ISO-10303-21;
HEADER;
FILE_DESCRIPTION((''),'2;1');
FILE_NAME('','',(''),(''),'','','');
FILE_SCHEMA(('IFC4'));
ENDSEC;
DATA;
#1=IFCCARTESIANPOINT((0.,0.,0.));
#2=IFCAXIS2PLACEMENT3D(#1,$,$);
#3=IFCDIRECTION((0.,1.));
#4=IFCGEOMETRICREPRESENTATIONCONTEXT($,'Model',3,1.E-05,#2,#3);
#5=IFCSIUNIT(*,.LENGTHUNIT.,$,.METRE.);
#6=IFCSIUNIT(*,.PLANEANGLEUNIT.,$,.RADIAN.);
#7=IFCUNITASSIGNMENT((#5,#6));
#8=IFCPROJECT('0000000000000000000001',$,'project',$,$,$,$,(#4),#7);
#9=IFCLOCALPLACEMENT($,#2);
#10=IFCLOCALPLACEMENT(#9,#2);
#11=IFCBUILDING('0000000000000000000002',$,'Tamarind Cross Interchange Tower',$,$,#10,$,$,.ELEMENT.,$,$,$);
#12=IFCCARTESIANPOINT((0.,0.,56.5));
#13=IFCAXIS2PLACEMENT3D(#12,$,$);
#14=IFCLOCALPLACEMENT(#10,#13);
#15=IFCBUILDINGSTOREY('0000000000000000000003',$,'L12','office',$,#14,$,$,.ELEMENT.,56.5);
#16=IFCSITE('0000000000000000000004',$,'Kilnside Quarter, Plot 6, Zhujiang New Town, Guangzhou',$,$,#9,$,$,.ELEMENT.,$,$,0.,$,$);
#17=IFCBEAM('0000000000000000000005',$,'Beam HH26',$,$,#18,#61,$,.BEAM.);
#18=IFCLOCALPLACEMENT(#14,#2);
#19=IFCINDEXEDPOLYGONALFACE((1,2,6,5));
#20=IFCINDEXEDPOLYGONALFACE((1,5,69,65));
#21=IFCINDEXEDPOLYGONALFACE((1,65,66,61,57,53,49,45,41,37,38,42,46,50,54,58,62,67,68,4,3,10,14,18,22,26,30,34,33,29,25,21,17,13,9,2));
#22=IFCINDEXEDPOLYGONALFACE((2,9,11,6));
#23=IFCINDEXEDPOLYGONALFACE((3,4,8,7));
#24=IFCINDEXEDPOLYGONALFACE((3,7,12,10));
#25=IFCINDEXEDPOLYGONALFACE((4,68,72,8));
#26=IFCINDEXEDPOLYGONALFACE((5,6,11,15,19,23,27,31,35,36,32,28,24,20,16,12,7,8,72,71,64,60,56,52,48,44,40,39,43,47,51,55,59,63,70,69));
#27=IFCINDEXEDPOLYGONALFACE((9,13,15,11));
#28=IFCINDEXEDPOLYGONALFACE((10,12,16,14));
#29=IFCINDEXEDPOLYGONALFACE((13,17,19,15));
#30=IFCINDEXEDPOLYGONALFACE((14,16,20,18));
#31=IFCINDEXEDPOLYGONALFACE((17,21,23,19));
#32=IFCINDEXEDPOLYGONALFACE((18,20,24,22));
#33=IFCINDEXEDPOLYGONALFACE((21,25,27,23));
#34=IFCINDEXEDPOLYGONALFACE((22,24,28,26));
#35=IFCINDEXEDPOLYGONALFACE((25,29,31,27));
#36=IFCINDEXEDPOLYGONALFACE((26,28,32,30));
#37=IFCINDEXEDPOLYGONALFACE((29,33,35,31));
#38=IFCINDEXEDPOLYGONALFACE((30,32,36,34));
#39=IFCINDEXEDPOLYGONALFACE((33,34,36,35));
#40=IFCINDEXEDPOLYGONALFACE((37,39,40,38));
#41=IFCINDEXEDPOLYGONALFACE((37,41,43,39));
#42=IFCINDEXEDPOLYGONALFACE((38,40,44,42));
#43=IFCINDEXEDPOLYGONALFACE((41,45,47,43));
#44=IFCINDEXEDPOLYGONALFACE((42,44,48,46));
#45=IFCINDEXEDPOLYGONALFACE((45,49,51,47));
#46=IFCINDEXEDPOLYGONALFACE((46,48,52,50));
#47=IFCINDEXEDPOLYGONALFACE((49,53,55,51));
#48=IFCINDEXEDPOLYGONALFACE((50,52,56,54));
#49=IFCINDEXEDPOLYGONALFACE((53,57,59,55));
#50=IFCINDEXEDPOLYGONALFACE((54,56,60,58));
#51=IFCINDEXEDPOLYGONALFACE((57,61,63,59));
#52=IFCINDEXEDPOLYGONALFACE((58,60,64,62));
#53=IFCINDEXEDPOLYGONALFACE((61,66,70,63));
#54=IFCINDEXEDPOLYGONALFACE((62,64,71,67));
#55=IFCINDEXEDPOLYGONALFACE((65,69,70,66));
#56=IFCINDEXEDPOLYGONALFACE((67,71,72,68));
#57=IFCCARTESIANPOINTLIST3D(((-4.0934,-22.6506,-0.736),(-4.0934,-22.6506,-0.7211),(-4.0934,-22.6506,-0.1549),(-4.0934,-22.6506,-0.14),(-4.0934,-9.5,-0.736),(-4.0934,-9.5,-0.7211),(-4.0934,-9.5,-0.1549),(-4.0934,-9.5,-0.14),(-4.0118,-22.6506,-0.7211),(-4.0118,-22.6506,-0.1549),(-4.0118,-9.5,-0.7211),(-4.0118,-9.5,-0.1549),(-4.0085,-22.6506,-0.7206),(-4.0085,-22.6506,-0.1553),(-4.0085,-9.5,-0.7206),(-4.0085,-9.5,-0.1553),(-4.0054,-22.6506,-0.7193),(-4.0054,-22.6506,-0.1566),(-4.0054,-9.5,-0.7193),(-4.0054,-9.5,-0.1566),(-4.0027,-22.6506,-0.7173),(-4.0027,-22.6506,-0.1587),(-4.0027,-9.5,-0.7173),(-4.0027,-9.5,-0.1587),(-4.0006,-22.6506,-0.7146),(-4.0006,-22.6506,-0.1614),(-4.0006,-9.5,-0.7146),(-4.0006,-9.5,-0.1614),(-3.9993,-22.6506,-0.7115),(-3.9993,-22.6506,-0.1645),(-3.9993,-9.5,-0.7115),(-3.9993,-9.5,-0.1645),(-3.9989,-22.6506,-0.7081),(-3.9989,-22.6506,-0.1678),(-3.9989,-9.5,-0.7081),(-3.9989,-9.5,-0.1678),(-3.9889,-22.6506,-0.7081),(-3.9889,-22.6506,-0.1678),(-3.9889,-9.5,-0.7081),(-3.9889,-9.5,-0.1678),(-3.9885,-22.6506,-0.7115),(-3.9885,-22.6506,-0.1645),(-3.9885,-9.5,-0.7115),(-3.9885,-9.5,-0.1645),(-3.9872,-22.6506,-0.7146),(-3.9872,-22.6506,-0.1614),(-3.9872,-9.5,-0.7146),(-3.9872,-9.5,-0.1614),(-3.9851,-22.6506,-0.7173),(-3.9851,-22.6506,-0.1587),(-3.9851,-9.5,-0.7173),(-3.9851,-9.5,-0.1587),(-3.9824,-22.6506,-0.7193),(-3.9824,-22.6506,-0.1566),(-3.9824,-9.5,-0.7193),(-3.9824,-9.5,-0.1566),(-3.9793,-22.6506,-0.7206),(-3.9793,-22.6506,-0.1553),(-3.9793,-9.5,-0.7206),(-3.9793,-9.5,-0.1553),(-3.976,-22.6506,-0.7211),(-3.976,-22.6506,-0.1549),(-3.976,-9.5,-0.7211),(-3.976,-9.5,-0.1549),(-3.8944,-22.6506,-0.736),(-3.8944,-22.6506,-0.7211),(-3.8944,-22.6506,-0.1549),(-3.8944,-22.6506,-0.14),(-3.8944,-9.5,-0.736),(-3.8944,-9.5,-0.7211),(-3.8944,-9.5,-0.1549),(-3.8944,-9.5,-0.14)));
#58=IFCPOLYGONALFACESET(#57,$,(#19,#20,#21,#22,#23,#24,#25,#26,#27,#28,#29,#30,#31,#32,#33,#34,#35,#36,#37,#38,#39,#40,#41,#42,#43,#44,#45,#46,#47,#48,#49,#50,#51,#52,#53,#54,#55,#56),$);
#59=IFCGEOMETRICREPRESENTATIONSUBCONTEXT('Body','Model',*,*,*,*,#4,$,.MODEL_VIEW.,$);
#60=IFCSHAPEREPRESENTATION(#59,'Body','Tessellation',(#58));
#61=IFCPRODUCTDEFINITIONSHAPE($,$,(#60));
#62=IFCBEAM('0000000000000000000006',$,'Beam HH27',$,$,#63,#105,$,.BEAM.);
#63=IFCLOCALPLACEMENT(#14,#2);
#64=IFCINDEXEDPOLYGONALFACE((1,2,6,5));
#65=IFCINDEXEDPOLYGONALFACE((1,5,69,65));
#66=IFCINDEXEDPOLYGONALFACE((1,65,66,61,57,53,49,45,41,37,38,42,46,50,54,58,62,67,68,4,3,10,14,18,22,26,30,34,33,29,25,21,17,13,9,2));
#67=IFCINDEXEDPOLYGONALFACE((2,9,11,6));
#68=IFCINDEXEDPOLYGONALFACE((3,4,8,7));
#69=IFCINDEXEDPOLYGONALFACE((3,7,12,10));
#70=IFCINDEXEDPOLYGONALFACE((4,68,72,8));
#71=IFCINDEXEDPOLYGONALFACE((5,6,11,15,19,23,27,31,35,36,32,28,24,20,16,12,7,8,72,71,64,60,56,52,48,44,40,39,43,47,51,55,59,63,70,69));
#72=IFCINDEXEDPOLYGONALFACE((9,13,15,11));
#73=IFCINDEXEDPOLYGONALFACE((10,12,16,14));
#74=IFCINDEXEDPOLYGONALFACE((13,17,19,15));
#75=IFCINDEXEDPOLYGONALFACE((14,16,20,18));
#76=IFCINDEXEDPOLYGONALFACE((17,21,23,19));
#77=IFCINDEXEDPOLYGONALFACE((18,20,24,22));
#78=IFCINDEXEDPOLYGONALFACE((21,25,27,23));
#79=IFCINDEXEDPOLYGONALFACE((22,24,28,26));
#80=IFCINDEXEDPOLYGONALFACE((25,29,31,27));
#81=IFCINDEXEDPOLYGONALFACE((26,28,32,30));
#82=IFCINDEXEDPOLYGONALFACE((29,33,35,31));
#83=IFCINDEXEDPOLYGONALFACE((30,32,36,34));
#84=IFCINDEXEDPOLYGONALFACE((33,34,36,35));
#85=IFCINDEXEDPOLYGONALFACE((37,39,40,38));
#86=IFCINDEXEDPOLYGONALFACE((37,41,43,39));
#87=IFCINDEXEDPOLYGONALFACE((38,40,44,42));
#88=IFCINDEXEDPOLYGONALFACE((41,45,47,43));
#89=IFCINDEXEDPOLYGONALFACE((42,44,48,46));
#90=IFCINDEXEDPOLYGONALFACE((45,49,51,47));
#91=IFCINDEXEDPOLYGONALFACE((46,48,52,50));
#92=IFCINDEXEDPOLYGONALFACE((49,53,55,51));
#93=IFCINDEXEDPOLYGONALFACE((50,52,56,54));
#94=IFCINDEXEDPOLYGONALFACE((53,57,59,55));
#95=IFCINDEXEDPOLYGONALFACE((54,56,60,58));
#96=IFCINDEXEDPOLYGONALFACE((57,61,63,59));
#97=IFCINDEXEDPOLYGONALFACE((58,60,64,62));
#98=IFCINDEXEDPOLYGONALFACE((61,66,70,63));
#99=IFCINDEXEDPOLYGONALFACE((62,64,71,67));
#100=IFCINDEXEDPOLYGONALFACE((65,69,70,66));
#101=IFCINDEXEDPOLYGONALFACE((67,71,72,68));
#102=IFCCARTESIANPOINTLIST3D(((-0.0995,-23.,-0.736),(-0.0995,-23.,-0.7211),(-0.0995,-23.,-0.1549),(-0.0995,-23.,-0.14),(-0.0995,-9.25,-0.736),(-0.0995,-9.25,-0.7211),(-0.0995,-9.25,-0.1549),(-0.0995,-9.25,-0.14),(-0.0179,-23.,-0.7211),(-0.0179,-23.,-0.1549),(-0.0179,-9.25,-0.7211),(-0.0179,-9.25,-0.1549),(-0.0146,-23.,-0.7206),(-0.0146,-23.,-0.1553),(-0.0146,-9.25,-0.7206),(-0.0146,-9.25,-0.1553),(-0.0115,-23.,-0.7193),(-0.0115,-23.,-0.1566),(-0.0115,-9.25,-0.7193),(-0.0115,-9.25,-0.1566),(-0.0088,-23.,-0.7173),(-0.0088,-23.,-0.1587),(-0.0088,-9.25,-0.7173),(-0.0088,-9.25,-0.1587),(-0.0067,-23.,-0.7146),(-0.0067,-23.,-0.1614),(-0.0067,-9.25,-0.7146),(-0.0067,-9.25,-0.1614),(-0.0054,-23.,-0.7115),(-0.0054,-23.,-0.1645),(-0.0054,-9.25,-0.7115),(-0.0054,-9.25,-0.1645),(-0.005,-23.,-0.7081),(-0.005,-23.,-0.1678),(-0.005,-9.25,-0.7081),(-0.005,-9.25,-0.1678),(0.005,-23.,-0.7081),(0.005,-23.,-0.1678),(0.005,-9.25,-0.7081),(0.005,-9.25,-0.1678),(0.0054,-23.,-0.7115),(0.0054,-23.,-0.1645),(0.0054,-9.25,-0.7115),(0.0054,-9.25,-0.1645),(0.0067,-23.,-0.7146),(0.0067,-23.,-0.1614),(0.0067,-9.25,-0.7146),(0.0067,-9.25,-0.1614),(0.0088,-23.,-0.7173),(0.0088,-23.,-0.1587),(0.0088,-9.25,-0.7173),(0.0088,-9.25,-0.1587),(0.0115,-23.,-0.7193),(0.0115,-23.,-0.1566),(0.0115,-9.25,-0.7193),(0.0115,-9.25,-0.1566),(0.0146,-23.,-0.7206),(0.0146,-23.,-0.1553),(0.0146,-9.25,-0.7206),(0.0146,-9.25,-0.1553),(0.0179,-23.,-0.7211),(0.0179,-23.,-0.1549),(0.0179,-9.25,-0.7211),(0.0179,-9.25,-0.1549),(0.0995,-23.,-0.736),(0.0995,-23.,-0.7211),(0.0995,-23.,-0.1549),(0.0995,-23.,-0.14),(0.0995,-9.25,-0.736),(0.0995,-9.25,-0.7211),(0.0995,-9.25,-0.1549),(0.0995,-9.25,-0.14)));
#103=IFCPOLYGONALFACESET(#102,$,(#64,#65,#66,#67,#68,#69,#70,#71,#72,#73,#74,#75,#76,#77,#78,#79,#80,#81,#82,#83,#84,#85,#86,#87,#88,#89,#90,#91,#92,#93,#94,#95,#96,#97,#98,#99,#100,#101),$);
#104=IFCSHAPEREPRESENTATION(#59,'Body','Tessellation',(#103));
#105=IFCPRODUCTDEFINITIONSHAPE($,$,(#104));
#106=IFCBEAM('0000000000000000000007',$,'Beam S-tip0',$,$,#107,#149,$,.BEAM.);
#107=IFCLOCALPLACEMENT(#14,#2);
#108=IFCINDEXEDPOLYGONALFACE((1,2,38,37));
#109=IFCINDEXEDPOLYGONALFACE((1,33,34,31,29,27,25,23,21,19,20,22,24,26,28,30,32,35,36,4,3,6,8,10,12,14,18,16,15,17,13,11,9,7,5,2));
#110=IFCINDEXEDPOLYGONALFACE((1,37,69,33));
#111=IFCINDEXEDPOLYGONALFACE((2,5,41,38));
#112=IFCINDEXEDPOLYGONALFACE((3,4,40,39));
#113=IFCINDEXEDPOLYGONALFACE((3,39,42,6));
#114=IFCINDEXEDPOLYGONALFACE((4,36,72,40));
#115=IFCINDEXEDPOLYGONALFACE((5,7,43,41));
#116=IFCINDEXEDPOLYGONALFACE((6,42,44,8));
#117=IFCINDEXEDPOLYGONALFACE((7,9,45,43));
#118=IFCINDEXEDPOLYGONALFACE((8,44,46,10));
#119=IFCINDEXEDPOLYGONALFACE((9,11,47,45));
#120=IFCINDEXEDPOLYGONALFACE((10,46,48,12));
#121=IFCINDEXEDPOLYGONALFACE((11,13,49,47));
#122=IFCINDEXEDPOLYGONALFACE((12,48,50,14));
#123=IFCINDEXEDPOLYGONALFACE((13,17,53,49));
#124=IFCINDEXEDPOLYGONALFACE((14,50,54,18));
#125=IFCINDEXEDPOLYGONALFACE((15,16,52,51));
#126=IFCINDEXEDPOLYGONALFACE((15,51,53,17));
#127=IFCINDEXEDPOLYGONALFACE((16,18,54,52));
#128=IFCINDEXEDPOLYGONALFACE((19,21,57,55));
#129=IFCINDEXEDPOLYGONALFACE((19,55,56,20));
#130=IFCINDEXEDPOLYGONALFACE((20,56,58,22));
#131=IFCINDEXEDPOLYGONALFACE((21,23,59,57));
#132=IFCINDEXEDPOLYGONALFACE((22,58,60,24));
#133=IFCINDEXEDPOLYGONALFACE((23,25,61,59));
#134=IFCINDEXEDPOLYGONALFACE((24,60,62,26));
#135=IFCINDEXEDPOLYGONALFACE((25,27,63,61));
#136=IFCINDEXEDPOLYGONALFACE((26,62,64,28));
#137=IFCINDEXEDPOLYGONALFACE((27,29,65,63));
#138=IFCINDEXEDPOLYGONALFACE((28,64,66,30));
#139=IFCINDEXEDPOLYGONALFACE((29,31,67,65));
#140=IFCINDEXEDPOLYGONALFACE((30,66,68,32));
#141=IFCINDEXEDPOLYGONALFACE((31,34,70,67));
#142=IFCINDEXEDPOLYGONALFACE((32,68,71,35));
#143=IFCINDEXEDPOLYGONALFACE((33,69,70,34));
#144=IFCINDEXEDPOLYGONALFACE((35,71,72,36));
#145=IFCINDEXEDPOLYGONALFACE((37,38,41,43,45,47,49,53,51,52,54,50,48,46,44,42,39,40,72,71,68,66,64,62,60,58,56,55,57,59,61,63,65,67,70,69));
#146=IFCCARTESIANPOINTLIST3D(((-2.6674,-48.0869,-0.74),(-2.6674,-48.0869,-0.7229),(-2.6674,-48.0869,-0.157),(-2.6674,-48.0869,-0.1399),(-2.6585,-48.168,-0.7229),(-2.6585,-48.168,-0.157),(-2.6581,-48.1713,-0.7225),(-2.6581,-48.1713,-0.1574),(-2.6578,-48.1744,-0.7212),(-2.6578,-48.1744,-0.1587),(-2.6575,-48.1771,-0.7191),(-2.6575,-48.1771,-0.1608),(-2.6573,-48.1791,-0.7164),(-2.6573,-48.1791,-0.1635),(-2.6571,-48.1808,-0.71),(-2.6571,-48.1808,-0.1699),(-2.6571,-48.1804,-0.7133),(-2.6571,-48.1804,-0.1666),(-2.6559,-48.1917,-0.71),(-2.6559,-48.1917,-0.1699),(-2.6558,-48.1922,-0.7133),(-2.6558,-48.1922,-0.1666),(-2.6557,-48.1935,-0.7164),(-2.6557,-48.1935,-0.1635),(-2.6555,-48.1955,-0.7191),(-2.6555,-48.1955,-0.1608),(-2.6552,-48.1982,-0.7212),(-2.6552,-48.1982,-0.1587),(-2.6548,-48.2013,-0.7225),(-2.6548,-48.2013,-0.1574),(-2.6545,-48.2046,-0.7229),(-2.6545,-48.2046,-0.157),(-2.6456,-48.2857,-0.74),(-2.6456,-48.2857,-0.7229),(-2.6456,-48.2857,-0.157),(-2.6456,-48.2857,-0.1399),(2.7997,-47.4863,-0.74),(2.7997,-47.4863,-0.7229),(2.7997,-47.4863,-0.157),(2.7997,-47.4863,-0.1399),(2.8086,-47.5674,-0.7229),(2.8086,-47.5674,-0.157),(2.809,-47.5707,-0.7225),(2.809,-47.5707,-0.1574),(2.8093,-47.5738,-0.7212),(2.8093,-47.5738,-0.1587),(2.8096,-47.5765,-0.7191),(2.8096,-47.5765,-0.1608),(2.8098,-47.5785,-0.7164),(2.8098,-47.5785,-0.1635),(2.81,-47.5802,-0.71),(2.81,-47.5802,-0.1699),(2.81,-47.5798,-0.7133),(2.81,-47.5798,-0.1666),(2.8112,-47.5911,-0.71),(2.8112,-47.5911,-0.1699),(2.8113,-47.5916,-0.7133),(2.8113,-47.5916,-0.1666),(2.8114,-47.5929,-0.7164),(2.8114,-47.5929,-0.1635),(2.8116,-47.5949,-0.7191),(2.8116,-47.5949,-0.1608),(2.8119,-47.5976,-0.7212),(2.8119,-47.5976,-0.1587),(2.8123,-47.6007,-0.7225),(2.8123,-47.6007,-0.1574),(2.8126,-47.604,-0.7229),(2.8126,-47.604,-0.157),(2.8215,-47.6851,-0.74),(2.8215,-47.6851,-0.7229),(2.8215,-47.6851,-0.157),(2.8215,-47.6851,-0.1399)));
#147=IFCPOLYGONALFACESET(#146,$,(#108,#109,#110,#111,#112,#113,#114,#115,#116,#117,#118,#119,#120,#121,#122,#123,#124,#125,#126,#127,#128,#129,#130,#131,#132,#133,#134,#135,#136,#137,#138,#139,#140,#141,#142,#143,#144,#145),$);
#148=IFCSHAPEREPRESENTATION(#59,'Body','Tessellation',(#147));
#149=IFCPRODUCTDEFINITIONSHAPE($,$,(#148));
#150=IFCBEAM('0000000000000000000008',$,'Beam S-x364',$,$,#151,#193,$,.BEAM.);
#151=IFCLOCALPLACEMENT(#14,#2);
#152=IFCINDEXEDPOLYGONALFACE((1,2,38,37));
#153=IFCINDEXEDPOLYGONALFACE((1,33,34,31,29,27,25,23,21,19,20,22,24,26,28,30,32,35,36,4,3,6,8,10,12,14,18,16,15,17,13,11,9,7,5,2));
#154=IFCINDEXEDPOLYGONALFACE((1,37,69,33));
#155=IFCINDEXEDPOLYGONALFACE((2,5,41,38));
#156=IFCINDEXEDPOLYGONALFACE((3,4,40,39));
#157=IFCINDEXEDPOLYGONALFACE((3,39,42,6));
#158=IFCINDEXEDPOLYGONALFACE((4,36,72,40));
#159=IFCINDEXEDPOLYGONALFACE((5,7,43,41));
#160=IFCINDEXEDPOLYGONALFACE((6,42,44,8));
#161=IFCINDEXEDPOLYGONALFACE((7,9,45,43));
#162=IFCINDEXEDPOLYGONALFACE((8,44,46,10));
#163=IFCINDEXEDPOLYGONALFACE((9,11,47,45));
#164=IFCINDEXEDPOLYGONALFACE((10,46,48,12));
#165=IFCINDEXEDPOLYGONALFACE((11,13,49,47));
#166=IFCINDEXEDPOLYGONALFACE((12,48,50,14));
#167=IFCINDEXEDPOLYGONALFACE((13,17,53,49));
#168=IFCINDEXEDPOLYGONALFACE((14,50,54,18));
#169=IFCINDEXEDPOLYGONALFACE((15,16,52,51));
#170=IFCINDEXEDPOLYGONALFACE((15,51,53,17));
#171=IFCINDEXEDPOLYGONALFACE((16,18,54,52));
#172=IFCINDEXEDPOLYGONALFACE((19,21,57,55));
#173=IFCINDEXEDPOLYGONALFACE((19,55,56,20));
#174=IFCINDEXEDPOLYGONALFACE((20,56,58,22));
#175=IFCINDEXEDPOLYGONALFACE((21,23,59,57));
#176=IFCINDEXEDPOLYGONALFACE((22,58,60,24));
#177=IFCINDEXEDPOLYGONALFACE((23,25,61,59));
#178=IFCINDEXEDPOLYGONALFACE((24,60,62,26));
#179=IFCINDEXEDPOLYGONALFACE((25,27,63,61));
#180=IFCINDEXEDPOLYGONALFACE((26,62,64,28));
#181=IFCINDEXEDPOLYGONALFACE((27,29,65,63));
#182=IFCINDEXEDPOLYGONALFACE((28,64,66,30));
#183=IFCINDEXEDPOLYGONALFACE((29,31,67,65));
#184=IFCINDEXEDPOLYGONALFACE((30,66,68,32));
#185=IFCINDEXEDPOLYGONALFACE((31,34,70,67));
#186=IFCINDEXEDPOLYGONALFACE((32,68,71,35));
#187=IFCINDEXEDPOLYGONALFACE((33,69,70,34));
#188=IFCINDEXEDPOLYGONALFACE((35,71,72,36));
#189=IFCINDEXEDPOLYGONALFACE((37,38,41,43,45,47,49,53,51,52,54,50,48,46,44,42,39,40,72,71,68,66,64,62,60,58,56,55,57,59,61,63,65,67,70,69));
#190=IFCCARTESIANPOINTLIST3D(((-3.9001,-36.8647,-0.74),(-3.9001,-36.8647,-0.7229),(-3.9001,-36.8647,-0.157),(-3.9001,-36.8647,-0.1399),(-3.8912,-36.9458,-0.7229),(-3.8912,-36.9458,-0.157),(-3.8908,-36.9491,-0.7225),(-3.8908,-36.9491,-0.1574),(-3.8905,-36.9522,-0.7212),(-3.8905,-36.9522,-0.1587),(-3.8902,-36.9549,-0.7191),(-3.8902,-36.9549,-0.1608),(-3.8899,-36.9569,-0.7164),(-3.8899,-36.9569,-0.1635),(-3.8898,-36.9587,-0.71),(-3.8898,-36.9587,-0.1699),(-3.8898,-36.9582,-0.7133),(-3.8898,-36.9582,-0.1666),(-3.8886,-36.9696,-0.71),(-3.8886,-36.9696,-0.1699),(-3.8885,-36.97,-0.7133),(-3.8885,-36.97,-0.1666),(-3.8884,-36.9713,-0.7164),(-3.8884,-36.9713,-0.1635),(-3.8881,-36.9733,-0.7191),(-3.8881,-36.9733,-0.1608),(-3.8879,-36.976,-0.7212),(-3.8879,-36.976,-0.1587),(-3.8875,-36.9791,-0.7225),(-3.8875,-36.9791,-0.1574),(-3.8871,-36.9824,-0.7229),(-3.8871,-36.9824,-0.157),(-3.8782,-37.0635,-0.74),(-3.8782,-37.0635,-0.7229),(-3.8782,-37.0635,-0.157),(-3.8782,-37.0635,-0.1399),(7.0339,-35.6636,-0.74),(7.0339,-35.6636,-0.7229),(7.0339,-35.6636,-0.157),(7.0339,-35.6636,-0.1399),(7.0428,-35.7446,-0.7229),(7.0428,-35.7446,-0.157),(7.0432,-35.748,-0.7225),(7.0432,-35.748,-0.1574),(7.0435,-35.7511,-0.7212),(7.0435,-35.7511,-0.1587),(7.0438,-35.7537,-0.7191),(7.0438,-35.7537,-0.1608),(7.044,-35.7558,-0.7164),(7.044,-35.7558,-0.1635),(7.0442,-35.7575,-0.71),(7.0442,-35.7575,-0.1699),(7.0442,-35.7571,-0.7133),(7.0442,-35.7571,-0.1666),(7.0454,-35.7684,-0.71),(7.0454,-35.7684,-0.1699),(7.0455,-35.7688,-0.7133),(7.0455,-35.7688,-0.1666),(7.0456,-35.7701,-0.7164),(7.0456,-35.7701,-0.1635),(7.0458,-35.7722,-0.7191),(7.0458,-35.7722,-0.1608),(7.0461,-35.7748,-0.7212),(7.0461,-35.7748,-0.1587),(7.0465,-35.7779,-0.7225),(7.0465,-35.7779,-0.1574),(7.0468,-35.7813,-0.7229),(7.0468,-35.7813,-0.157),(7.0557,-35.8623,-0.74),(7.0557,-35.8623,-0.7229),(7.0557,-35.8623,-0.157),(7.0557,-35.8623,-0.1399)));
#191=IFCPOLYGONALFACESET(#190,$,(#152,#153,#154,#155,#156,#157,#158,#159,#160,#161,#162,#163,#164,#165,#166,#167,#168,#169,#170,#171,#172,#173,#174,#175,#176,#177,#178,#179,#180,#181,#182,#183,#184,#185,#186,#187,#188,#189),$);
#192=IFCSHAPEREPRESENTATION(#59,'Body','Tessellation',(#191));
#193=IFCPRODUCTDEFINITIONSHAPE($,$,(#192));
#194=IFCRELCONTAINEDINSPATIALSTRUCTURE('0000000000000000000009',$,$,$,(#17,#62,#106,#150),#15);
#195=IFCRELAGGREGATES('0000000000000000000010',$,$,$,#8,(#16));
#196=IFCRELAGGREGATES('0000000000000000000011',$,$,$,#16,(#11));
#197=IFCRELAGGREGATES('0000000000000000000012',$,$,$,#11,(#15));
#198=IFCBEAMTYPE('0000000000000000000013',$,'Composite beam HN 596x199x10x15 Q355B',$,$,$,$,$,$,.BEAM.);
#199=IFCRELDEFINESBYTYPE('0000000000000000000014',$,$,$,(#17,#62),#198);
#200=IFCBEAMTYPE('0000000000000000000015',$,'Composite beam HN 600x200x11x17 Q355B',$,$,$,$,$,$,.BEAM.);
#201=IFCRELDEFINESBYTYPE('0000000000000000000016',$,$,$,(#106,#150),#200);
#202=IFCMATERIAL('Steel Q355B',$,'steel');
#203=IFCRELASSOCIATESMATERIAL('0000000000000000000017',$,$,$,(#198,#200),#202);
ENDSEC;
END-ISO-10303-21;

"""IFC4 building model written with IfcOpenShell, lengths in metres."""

from ifc_helpers import new_model, si_unit, direction, frame, origin, origin_2d, place, context, subcontext, project, spatial, i_section, extrude, material, material_profile, profile_set, type_object, element, save


model = new_model("IFC4")

# Units and contexts
model_context = context("Model", 3, precision=1e-05, world=origin(), true_north=direction((0.0, 1.0)))
body_context = subcontext(model_context, "Body", "Model", "MODEL_VIEW")
ifc_project = project(units=[si_unit("LENGTHUNIT", "METRE"), si_unit("PLANEANGLEUNIT", "RADIAN")], contexts=[model_context])

# Site, building, storey
site_placement = place(None, origin())
site = spatial("IfcSite", under=ifc_project, at=site_placement, Name="Kilnside Quarter, Plot 6, Zhujiang New Town, Guangzhou", CompositionType="ELEMENT", RefElevation=0.0)
building_placement = place(site_placement, origin())
building = spatial("IfcBuilding", under=site, at=building_placement, Name="Tamarind Cross Interchange Tower", CompositionType="ELEMENT")
storey_placement = place(building_placement, frame((0.0, 0.0, 56.5)))
storey = spatial("IfcBuildingStorey", under=building, at=storey_placement, Name="L12", Description="office", CompositionType="ELEMENT", Elevation=56.5)

# Beams
ifc_material_1 = material(Name="Steel Q355B", Category="steel")
ifc_material_profile_1 = material_profile(ifc_material_1, i_section(OverallWidth=0.199, OverallDepth=0.5959, WebThickness=0.01, FlangeThickness=0.0149, FilletRadius=0.0129, at=origin_2d()), Name="HN 596x199x10x15")
ifc_profile_set_1 = profile_set([ifc_material_profile_1], Name="Steel Q355B")
beam_type_1 = type_object("IfcBeamType", Name="Composite beam HN 596x199x10x15 Q355B", PredefinedType="BEAM", material=ifc_profile_set_1)
beam_1_placement = place(storey_placement, frame((-3.9939, -22.6506, -0.438), z_axis=(0.0, 1.0, 0.0), x_axis=(-1.0, 0.0, 0.0)))
element("IfcBeam", 1, at=beam_1_placement, inside=storey, type_object=beam_type_1, Name="Beam HH26", PredefinedType="BEAM", context=body_context, shape_type="SweptSolid", body=[
    extrude(i_section(OverallWidth=0.199, OverallDepth=0.5959, WebThickness=0.01, FlangeThickness=0.0149, FilletRadius=0.0129, at=origin_2d()), origin(), (0.0, 0.0, 1.0), 13.1506),
])
beam_2_placement = place(storey_placement, frame((0.0, -23.0, -0.438), z_axis=(0.0, 1.0, 0.0), x_axis=(-1.0, 0.0, 0.0)))
element("IfcBeam", 2, at=beam_2_placement, inside=storey, type_object=beam_type_1, Name="Beam HH27", PredefinedType="BEAM", context=body_context, shape_type="SweptSolid", body=[
    extrude(i_section(OverallWidth=0.199, OverallDepth=0.5959, WebThickness=0.01, FlangeThickness=0.0149, FilletRadius=0.0129, at=origin_2d()), origin(), (0.0, 0.0, 1.0), 13.75),
])
ifc_material_profile_2 = material_profile(ifc_material_1, i_section(OverallWidth=0.2, OverallDepth=0.6001, WebThickness=0.011, FlangeThickness=0.0171, FilletRadius=0.0129, at=origin_2d()), Name="HN 600x200x11x17")
ifc_profile_set_2 = profile_set([ifc_material_profile_2], Name="Steel Q355B")
beam_type_2 = type_object("IfcBeamType", Name="Composite beam HN 600x200x11x17 Q355B", PredefinedType="BEAM", material=ifc_profile_set_2)
beam_3_placement = place(storey_placement, frame((-2.6565, -48.1863, -0.4399), z_axis=(0.99402, 0.109199, 0.0), x_axis=(-0.109199, 0.99402, 0.0)))
element("IfcBeam", 3, at=beam_3_placement, inside=storey, type_object=beam_type_2, Name="Beam S-tip0", PredefinedType="BEAM", context=body_context, shape_type="SweptSolid", body=[
    extrude(i_section(OverallWidth=0.2, OverallDepth=0.6001, WebThickness=0.011, FlangeThickness=0.0171, FilletRadius=0.0129, at=origin_2d()), origin(), (0.0, 0.0, 1.0), 5.5),
])
beam_4_placement = place(storey_placement, frame((-3.8892, -36.9641, -0.4399), z_axis=(0.99402, 0.109199, 0.0), x_axis=(-0.109199, 0.99402, 0.0)))
element("IfcBeam", 4, at=beam_4_placement, inside=storey, type_object=beam_type_2, Name="Beam S-x364", PredefinedType="BEAM", context=body_context, shape_type="SweptSolid", body=[
    extrude(i_section(OverallWidth=0.2, OverallDepth=0.6001, WebThickness=0.011, FlangeThickness=0.0171, FilletRadius=0.0129, at=origin_2d()), origin(), (0.0, 0.0, 1.0), 10.9998),
])

save(model, "model.ifc")
